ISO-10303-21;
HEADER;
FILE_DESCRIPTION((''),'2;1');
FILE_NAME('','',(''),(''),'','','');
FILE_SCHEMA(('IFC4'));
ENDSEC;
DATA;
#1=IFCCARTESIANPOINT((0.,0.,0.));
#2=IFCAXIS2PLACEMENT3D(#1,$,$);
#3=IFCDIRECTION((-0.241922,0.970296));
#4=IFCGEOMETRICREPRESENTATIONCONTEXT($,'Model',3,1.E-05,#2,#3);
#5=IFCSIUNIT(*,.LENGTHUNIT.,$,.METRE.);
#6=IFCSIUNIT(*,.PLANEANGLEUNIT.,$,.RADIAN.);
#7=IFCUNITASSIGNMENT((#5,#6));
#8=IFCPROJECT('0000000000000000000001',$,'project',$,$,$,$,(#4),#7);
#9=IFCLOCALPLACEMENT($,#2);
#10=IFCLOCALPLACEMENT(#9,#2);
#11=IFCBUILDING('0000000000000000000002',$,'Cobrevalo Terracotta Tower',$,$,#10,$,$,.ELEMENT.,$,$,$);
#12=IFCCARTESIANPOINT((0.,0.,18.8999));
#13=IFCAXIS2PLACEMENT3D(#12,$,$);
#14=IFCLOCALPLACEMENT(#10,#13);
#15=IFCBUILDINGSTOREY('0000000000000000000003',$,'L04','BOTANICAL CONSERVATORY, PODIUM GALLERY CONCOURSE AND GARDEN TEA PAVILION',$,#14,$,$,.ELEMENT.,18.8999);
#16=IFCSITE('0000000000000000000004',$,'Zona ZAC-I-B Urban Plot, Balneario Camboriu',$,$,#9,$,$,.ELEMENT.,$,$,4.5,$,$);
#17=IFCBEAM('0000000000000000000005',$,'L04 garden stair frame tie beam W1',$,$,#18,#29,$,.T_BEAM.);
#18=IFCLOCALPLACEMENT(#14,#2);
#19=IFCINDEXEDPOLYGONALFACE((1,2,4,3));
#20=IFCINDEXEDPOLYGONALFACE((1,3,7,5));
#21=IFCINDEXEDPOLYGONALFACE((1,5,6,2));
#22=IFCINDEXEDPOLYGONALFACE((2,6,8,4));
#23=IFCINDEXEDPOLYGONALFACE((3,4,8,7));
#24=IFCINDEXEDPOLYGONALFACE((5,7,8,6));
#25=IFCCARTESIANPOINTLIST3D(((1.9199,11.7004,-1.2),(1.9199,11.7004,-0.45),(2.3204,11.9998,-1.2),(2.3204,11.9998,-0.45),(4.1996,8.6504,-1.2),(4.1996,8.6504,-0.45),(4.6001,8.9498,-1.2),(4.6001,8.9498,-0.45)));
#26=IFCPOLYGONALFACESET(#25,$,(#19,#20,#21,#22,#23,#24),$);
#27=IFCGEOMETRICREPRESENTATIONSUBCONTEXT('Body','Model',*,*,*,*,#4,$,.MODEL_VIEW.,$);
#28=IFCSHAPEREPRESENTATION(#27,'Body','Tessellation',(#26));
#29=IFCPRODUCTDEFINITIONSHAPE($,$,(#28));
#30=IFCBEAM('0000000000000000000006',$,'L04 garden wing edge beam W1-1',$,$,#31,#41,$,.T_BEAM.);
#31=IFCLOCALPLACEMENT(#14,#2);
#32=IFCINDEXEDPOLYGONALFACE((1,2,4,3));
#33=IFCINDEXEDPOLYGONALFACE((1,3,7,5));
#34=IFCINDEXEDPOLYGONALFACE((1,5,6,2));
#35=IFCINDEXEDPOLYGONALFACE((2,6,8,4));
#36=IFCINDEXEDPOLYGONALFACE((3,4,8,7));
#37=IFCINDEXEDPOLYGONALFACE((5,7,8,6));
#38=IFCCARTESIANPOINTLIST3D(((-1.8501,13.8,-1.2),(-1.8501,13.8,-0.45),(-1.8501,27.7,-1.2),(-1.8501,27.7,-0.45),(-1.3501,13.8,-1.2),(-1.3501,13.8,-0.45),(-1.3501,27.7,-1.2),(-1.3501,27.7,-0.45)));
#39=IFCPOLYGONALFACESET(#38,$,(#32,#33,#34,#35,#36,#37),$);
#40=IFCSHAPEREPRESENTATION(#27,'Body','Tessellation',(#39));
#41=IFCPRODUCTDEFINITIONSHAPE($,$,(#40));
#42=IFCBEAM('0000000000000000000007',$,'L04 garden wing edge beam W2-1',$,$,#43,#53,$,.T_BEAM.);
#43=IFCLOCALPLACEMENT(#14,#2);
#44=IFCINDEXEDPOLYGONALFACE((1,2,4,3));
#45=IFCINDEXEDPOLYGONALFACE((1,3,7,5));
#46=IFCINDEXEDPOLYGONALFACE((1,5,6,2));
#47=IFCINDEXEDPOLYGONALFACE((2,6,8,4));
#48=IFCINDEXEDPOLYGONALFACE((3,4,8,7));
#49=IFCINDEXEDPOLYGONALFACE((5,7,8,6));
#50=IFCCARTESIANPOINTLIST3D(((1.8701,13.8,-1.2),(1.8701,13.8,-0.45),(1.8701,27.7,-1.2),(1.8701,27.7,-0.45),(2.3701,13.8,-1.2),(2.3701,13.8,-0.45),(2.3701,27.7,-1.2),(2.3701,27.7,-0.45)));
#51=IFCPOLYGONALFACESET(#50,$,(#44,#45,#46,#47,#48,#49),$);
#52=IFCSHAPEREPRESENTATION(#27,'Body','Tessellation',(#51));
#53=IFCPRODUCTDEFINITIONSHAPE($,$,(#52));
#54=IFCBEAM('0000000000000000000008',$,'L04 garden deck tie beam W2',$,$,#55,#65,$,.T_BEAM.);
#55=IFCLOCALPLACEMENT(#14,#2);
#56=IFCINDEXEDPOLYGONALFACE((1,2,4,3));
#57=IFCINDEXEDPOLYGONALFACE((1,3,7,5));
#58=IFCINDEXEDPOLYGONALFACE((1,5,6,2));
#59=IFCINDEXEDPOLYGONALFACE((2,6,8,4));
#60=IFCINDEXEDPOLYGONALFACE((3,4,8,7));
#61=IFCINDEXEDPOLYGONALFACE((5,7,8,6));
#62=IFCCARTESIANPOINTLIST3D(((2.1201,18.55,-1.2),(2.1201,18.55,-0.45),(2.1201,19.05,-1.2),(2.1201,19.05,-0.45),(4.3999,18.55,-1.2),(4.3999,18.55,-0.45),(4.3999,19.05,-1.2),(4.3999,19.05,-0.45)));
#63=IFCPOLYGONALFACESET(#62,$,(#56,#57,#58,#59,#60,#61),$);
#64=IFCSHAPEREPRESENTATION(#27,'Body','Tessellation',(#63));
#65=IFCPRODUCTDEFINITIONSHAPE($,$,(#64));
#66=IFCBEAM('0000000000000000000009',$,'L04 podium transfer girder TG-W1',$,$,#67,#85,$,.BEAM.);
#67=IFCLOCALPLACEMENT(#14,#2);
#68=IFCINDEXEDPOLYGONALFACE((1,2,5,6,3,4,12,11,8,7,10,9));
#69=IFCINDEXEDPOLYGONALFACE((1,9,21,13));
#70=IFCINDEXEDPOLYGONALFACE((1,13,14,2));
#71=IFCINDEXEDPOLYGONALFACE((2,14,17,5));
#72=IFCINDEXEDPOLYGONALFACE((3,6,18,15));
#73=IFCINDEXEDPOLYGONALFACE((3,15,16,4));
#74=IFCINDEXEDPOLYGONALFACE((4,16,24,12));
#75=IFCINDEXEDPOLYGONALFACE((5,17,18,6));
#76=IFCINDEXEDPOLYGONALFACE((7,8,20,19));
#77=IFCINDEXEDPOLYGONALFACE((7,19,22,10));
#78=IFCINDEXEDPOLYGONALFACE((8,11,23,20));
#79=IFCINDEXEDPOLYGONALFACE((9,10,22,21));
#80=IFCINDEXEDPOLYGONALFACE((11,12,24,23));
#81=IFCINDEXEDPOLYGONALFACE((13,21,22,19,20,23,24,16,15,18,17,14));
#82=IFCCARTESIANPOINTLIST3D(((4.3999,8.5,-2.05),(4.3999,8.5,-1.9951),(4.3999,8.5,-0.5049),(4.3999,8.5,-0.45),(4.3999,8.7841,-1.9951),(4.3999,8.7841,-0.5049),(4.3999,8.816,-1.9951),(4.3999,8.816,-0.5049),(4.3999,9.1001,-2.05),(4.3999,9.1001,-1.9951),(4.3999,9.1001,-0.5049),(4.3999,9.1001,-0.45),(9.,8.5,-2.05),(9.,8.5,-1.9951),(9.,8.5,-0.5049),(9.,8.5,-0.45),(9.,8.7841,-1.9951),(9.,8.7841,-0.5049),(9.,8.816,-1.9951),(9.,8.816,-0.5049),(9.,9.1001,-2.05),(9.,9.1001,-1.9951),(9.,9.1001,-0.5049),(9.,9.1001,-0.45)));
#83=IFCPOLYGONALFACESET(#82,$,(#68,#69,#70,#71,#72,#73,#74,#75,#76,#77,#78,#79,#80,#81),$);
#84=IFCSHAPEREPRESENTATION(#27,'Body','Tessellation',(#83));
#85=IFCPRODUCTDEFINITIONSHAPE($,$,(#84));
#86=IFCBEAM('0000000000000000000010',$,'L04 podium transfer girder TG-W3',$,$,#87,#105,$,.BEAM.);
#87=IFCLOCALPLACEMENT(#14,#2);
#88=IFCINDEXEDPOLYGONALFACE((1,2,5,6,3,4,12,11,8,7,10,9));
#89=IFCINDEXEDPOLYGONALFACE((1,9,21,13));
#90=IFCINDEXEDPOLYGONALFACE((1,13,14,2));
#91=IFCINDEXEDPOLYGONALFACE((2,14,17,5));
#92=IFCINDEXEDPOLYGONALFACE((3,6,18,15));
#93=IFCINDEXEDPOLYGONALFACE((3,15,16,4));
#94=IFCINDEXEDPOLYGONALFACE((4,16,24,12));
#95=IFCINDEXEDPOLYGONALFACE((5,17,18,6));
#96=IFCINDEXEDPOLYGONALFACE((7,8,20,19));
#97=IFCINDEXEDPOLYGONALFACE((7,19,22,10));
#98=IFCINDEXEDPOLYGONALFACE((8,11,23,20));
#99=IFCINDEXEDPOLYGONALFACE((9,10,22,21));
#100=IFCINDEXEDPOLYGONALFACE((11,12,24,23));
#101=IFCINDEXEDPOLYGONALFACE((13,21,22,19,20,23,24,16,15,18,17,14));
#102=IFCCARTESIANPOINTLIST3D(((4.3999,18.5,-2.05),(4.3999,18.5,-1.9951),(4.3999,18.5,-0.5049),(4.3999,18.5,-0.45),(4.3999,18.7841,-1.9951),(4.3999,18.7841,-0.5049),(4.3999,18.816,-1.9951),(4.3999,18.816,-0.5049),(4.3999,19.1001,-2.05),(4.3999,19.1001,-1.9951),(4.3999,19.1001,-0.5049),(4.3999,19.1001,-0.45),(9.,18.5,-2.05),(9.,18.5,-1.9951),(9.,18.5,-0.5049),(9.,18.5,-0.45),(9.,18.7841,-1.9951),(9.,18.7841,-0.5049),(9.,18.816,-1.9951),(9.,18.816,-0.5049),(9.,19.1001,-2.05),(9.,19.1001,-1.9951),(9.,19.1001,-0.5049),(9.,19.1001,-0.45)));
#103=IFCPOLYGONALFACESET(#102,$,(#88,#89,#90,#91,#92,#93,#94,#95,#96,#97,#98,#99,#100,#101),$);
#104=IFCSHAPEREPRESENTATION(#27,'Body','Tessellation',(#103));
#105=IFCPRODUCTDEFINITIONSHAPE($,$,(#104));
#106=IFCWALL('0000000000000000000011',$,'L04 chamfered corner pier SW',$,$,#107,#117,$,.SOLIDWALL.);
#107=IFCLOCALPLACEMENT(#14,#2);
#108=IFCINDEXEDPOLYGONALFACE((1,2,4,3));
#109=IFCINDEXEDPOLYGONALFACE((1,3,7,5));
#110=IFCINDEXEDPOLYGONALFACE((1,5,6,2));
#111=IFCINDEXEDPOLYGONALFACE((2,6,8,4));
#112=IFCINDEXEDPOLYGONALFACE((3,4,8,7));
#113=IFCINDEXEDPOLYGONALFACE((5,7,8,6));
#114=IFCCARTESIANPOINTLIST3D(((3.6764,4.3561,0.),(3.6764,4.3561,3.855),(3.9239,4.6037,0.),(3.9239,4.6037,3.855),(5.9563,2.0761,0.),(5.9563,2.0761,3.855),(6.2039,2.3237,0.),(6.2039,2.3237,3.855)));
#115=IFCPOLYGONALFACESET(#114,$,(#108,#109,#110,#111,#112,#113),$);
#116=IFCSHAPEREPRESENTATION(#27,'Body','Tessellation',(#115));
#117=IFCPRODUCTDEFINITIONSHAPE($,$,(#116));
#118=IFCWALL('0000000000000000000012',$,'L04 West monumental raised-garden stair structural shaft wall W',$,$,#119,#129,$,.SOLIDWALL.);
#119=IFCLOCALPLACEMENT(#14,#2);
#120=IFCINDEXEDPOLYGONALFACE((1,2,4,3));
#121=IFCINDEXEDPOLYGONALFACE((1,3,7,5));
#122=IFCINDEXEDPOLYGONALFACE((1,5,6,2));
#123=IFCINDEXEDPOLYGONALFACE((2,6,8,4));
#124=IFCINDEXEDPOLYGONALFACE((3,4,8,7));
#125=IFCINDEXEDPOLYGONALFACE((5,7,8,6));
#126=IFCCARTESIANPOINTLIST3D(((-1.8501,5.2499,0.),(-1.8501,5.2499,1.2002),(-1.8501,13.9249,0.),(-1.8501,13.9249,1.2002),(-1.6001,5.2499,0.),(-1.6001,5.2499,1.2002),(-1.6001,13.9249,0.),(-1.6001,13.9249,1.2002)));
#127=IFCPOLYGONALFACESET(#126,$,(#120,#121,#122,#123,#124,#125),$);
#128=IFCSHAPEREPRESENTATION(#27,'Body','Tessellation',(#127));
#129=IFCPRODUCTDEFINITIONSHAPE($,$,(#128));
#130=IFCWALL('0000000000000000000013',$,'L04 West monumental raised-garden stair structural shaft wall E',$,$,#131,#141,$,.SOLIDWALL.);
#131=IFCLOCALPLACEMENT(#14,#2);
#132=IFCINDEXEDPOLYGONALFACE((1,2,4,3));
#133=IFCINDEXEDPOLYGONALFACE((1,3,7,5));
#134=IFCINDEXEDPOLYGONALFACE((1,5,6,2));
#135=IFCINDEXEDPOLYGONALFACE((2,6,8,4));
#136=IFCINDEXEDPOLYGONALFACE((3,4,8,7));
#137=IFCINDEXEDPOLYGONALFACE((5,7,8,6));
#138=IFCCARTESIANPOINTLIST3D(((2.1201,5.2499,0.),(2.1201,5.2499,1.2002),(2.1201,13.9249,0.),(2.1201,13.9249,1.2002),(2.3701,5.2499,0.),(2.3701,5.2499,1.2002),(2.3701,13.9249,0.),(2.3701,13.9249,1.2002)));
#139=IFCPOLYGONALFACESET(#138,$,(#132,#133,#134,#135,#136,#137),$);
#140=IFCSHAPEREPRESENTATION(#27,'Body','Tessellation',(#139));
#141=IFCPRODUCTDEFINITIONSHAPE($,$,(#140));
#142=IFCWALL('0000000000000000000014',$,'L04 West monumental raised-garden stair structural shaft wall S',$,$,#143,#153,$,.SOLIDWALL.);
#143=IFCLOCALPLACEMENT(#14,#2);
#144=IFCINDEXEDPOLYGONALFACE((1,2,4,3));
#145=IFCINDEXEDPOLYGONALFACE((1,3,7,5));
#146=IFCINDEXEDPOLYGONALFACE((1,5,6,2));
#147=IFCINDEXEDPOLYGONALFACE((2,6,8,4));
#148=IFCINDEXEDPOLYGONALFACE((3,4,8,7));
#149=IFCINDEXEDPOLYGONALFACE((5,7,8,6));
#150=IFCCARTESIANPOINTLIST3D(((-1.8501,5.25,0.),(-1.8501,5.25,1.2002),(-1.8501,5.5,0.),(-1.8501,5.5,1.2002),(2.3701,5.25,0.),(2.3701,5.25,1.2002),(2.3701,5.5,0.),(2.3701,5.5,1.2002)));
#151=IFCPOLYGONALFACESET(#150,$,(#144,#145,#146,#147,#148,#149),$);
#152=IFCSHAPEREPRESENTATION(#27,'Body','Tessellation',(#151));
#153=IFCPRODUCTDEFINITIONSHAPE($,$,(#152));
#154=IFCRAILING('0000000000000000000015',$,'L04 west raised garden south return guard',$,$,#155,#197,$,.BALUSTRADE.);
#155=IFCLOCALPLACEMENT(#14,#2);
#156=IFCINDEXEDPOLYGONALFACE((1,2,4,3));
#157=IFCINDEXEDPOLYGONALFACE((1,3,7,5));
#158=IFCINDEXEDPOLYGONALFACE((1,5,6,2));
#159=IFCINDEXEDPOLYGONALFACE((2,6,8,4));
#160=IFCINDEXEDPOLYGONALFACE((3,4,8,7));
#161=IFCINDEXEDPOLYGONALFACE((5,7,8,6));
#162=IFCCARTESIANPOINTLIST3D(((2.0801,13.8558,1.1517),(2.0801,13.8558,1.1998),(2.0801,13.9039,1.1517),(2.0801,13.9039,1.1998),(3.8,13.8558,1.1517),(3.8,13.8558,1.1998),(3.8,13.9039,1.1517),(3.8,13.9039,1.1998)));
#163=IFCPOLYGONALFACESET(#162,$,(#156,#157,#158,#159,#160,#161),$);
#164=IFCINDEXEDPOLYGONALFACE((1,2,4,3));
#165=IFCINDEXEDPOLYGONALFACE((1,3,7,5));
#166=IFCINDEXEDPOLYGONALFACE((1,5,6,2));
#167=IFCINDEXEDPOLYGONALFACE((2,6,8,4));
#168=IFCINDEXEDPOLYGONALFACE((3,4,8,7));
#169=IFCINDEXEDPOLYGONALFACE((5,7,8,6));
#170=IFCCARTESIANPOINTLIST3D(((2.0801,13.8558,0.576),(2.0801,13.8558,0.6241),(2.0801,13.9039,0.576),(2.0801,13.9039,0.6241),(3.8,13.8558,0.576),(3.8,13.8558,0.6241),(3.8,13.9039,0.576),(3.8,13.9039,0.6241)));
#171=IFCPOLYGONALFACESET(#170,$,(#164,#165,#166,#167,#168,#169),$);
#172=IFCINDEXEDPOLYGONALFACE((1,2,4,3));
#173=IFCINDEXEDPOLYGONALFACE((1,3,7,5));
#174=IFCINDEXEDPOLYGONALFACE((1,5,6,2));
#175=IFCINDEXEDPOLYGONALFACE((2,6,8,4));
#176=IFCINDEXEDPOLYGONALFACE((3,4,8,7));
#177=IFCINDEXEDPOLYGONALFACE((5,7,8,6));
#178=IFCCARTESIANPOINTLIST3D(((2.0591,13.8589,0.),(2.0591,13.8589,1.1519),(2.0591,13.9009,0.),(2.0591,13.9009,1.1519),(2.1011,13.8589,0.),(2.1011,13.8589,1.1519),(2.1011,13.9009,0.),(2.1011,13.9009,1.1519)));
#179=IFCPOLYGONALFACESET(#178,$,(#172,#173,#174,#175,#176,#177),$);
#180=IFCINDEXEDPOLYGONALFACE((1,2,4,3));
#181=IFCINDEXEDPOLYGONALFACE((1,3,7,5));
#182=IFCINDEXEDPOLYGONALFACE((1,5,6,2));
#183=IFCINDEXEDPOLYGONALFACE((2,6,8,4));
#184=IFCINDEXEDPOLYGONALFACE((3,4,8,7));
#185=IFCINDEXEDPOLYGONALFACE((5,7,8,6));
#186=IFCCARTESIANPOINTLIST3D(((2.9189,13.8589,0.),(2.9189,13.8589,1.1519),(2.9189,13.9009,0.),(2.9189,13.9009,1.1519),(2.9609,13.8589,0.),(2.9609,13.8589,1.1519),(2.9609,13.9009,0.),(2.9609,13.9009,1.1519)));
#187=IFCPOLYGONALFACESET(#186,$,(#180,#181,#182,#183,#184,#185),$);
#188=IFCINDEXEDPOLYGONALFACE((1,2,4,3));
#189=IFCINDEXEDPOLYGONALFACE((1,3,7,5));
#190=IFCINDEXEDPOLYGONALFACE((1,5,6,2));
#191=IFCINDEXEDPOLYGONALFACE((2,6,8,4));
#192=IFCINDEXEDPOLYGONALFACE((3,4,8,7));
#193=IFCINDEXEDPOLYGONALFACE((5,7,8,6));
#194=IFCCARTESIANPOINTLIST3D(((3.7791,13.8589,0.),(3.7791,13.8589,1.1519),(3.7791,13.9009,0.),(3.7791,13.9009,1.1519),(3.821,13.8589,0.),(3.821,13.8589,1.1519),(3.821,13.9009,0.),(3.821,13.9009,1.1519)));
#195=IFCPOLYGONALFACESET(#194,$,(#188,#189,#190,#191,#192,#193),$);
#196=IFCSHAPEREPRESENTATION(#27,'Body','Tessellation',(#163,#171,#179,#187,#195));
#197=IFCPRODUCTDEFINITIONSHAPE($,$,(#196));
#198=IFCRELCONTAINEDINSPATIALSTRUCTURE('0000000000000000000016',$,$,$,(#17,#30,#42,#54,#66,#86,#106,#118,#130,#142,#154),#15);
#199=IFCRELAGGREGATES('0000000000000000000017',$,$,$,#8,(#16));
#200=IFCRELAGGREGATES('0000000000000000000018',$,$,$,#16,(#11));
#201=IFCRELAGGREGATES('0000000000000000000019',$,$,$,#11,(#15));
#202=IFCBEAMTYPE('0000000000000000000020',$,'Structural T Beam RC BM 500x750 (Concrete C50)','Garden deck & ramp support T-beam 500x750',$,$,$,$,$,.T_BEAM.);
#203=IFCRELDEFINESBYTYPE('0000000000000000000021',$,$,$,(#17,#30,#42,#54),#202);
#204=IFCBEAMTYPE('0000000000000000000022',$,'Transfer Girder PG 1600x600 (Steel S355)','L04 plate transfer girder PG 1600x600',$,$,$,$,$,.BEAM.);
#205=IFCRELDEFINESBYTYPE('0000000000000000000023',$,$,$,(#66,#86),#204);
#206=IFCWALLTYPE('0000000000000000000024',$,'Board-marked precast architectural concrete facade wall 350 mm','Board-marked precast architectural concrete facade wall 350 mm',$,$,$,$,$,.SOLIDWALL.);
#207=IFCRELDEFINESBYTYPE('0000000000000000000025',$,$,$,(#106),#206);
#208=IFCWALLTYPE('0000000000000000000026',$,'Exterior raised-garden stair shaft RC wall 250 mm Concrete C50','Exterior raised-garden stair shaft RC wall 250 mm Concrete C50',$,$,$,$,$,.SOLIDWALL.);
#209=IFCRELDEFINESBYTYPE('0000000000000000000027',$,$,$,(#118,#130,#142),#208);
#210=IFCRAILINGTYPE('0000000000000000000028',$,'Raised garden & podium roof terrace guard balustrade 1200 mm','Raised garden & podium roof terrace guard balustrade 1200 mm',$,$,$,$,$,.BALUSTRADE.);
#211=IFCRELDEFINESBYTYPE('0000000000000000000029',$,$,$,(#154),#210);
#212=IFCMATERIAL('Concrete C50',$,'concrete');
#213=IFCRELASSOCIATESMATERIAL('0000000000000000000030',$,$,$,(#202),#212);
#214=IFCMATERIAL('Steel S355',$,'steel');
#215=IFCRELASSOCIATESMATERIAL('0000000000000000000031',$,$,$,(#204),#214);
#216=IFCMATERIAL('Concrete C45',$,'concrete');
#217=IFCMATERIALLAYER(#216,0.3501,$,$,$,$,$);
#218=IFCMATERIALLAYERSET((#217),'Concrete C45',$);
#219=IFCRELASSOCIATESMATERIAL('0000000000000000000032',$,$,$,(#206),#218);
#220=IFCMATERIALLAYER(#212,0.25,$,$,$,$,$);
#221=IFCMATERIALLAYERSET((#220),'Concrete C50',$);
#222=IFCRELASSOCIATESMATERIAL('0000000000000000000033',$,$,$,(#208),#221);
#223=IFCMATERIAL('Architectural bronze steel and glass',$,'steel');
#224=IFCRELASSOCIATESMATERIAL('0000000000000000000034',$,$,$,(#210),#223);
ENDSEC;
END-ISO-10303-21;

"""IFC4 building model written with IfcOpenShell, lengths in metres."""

from ifc_helpers import new_model, si_unit, direction, frame, frame_2d, origin, origin_2d, place, context, subcontext, project, spatial, rectangle, i_section, extrude, material, layer, layer_set, material_profile, profile_set, type_object, element, save


model = new_model("IFC4")

# Units and contexts
model_context = context("Model", 3, precision=1e-05, world=origin(), true_north=direction((-0.241922, 0.970296)))
body_context = subcontext(model_context, "Body", "Model", "MODEL_VIEW")
ifc_project = project(units=[si_unit("LENGTHUNIT", "METRE"), si_unit("PLANEANGLEUNIT", "RADIAN")], contexts=[model_context])

# Site, building, storey
site_placement = place(None, origin())
site = spatial("IfcSite", under=ifc_project, at=site_placement, Name="Zona ZAC-I-B Urban Plot, Balneario Camboriu", CompositionType="ELEMENT", RefElevation=4.5)
building_placement = place(site_placement, origin())
building = spatial("IfcBuilding", under=site, at=building_placement, Name="Cobrevalo Terracotta Tower", CompositionType="ELEMENT")
storey_placement = place(building_placement, frame((0.0, 0.0, 18.8999)))
storey = spatial("IfcBuildingStorey", under=building, at=storey_placement, Name="L04", Description="BOTANICAL CONSERVATORY, PODIUM GALLERY CONCOURSE AND GARDEN TEA PAVILION", CompositionType="ELEMENT", Elevation=18.8999)

# Shared definitions
ifc_material_1 = material(Name="Concrete C50", Category="concrete")

# Beams
ifc_material_profile_1 = material_profile(ifc_material_1, rectangle(XDim=0.5, YDim=0.75, at=origin_2d()), Name="RC BM 500x750")
ifc_profile_set_1 = profile_set([ifc_material_profile_1], Name="Concrete C50")
beam_type_1 = type_object("IfcBeamType", Name="Structural T Beam RC BM 500x750 (Concrete C50)", Description="Garden deck & ramp support T-beam 500x750", PredefinedType="T_BEAM", material=ifc_profile_set_1)
beam_1_placement = place(storey_placement, frame((2.1201, 11.8501, -0.825), z_axis=(0.598696, -0.800976, 0.0), x_axis=(0.800976, 0.598696, 0.0)))
element("IfcBeam", 1, at=beam_1_placement, inside=storey, type_object=beam_type_1, Name="L04 garden stair frame tie beam W1", PredefinedType="T_BEAM", context=body_context, shape_type="SweptSolid", body=[
    extrude(rectangle(XDim=0.5, YDim=0.75, at=origin_2d()), origin(), (0.0, 0.0, 1.0), 3.8079),
])
for number, where, z_axis, x_axis, name in (
    (2, (-1.6001, 13.8, -0.825), (0.0, 1.0, 0.0), (-1.0, 0.0, 0.0), "L04 garden wing edge beam W1-1"),
    (3, (2.1201, 13.8, -0.825), (0.0, 1.0, 0.0), (-1.0, 0.0, 0.0), "L04 garden wing edge beam W2-1"),
):
    element("IfcBeam", number, at=place(storey_placement, frame(where, z_axis=z_axis, x_axis=x_axis)), inside=storey, type_object=beam_type_1, Name=name, PredefinedType="T_BEAM", context=body_context, shape_type="SweptSolid", body=[
        extrude(rectangle(XDim=0.5, YDim=0.75, at=origin_2d()), origin(), (0.0, 0.0, 1.0), 13.8999),
    ])
beam_2_placement = place(storey_placement, frame((4.3999, 18.8, -0.825), z_axis=(-1.0, 0.0, 0.0), x_axis=(0.0, -1.0, 0.0)))
element("IfcBeam", 4, at=beam_2_placement, inside=storey, type_object=beam_type_1, Name="L04 garden deck tie beam W2", PredefinedType="T_BEAM", context=body_context, shape_type="SweptSolid", body=[
    extrude(rectangle(XDim=0.5, YDim=0.75, at=origin_2d()), origin(), (0.0, 0.0, 1.0), 2.2798),
])
ifc_material_2 = material(Name="Steel S355", Category="steel")
ifc_material_profile_2 = material_profile(ifc_material_2, i_section(OverallWidth=0.6001, OverallDepth=1.6001, WebThickness=0.032, FlangeThickness=0.0549, at=origin_2d()), Name="PG 1600x600")
ifc_profile_set_2 = profile_set([ifc_material_profile_2], Name="Steel S355")
beam_type_2 = type_object("IfcBeamType", Name="Transfer Girder PG 1600x600 (Steel S355)", Description="L04 plate transfer girder PG 1600x600", PredefinedType="BEAM", material=ifc_profile_set_2)
for number, where, z_axis, x_axis, name in (
    (5, (4.3999, 8.8, -1.25), (1.0, 0.0, 0.0), (0.0, 1.0, 0.0), "L04 podium transfer girder TG-W1"),
    (6, (4.3999, 18.8, -1.25), (1.0, 0.0, 0.0), (0.0, 1.0, 0.0), "L04 podium transfer girder TG-W3"),
):
    element("IfcBeam", number, at=place(storey_placement, frame(where, z_axis=z_axis, x_axis=x_axis)), inside=storey, type_object=beam_type_2, Name=name, PredefinedType="BEAM", context=body_context, shape_type="SweptSolid", body=[
        extrude(i_section(OverallWidth=0.6001, OverallDepth=1.6001, WebThickness=0.032, FlangeThickness=0.0549, at=origin_2d()), origin(), (0.0, 0.0, 1.0), 4.6001),
    ])

# Walls
ifc_material_3 = material(Name="Concrete C45", Category="concrete")
ifc_layer_1 = layer(ifc_material_3, 0.3501)
ifc_layer_set_1 = layer_set([ifc_layer_1], Name="Concrete C45")
wall_type_1 = type_object("IfcWallType", Name="Board-marked precast architectural concrete facade wall 350 mm", Description="Board-marked precast architectural concrete facade wall 350 mm", PredefinedType="SOLIDWALL", material=ifc_layer_set_1)
wall_1_placement = place(storey_placement, frame((3.8, 4.48, 0.0), z_axis=(0.0, 0.0, 1.0), x_axis=(0.707107, -0.707107, 0.0)))
element("IfcWall", 7, at=wall_1_placement, inside=storey, type_object=wall_type_1, Name="L04 chamfered corner pier SW", PredefinedType="SOLIDWALL", context=body_context, shape_type="SweptSolid", body=[
    extrude(rectangle(XDim=3.2244, YDim=0.3501, at=frame_2d((1.6123, 0.0))), origin(), (0.0, 0.0, 1.0), 3.855),
])
ifc_layer_2 = layer(ifc_material_1, 0.25)
ifc_layer_set_2 = layer_set([ifc_layer_2], Name="Concrete C50")
wall_type_2 = type_object("IfcWallType", Name="Exterior raised-garden stair shaft RC wall 250 mm Concrete C50", Description="Exterior raised-garden stair shaft RC wall 250 mm Concrete C50", PredefinedType="SOLIDWALL", material=ifc_layer_set_2)
for number, where, z_axis, x_axis, name in (
    (8, (-1.7251, 5.25, 0.0), (0.0, 0.0, 1.0), (0.0, 1.0, 0.0), "L04 West monumental raised-garden stair structural shaft wall W"),
    (9, (2.2451, 5.25, 0.0), (0.0, 0.0, 1.0), (0.0, 1.0, 0.0), "L04 West monumental raised-garden stair structural shaft wall E"),
):
    element("IfcWall", number, at=place(storey_placement, frame(where, z_axis=z_axis, x_axis=x_axis)), inside=storey, type_object=wall_type_2, Name=name, PredefinedType="SOLIDWALL", context=body_context, shape_type="SweptSolid", body=[
        extrude(rectangle(XDim=8.675, YDim=0.25, at=frame_2d((4.3374, 0.0))), origin(), (0.0, 0.0, 1.0), 1.2002),
    ])
wall_2_placement = place(storey_placement, frame((-1.8501, 5.375, 0.0), z_axis=(0.0, 0.0, 1.0), x_axis=(1.0, 0.0, 0.0)))
element("IfcWall", 10, at=wall_2_placement, inside=storey, type_object=wall_type_2, Name="L04 West monumental raised-garden stair structural shaft wall S", PredefinedType="SOLIDWALL", context=body_context, shape_type="SweptSolid", body=[
    extrude(rectangle(XDim=4.2202, YDim=0.25, at=frame_2d((2.1101, 0.0))), origin(), (0.0, 0.0, 1.0), 1.2002),
])

# Railing
ifc_material_4 = material(Name="Architectural bronze steel and glass", Category="steel")
railing_type_1 = type_object("IfcRailingType", Name="Raised garden & podium roof terrace guard balustrade 1200 mm", Description="Raised garden & podium roof terrace guard balustrade 1200 mm", PredefinedType="BALUSTRADE", material=ifc_material_4)
railing_1_placement = place(storey_placement, frame((2.0801, 13.8799, 0.0)))
element("IfcRailing", 11, at=railing_1_placement, inside=storey, type_object=railing_type_1, Name="L04 west raised garden south return guard", PredefinedType="BALUSTRADE", context=body_context, shape_type="SweptSolid", body=[
    extrude(rectangle(XDim=0.0481, YDim=0.0481, at=origin_2d()), frame((0.0, 0.0, 1.1758), z_axis=(1.0, 0.0, 0.0), x_axis=(0.0, 1.0, 0.0)), (0.0, 0.0, 1.0), 1.72),
    extrude(rectangle(XDim=0.0481, YDim=0.0481, at=origin_2d()), frame((0.0, 0.0, 0.6001), z_axis=(1.0, 0.0, 0.0), x_axis=(0.0, 1.0, 0.0)), (0.0, 0.0, 1.0), 1.72),
    extrude(rectangle(XDim=0.042, YDim=0.042, at=origin_2d()), origin(), (0.0, 0.0, 1.0), 1.1519),
    extrude(rectangle(XDim=0.042, YDim=0.042, at=origin_2d()), frame((0.8599, 0.0, 0.0)), (0.0, 0.0, 1.0), 1.1519),
    extrude(rectangle(XDim=0.042, YDim=0.042, at=origin_2d()), frame((1.72, 0.0, 0.0)), (0.0, 0.0, 1.0), 1.1519),
])

save(model, "model.ifc")
